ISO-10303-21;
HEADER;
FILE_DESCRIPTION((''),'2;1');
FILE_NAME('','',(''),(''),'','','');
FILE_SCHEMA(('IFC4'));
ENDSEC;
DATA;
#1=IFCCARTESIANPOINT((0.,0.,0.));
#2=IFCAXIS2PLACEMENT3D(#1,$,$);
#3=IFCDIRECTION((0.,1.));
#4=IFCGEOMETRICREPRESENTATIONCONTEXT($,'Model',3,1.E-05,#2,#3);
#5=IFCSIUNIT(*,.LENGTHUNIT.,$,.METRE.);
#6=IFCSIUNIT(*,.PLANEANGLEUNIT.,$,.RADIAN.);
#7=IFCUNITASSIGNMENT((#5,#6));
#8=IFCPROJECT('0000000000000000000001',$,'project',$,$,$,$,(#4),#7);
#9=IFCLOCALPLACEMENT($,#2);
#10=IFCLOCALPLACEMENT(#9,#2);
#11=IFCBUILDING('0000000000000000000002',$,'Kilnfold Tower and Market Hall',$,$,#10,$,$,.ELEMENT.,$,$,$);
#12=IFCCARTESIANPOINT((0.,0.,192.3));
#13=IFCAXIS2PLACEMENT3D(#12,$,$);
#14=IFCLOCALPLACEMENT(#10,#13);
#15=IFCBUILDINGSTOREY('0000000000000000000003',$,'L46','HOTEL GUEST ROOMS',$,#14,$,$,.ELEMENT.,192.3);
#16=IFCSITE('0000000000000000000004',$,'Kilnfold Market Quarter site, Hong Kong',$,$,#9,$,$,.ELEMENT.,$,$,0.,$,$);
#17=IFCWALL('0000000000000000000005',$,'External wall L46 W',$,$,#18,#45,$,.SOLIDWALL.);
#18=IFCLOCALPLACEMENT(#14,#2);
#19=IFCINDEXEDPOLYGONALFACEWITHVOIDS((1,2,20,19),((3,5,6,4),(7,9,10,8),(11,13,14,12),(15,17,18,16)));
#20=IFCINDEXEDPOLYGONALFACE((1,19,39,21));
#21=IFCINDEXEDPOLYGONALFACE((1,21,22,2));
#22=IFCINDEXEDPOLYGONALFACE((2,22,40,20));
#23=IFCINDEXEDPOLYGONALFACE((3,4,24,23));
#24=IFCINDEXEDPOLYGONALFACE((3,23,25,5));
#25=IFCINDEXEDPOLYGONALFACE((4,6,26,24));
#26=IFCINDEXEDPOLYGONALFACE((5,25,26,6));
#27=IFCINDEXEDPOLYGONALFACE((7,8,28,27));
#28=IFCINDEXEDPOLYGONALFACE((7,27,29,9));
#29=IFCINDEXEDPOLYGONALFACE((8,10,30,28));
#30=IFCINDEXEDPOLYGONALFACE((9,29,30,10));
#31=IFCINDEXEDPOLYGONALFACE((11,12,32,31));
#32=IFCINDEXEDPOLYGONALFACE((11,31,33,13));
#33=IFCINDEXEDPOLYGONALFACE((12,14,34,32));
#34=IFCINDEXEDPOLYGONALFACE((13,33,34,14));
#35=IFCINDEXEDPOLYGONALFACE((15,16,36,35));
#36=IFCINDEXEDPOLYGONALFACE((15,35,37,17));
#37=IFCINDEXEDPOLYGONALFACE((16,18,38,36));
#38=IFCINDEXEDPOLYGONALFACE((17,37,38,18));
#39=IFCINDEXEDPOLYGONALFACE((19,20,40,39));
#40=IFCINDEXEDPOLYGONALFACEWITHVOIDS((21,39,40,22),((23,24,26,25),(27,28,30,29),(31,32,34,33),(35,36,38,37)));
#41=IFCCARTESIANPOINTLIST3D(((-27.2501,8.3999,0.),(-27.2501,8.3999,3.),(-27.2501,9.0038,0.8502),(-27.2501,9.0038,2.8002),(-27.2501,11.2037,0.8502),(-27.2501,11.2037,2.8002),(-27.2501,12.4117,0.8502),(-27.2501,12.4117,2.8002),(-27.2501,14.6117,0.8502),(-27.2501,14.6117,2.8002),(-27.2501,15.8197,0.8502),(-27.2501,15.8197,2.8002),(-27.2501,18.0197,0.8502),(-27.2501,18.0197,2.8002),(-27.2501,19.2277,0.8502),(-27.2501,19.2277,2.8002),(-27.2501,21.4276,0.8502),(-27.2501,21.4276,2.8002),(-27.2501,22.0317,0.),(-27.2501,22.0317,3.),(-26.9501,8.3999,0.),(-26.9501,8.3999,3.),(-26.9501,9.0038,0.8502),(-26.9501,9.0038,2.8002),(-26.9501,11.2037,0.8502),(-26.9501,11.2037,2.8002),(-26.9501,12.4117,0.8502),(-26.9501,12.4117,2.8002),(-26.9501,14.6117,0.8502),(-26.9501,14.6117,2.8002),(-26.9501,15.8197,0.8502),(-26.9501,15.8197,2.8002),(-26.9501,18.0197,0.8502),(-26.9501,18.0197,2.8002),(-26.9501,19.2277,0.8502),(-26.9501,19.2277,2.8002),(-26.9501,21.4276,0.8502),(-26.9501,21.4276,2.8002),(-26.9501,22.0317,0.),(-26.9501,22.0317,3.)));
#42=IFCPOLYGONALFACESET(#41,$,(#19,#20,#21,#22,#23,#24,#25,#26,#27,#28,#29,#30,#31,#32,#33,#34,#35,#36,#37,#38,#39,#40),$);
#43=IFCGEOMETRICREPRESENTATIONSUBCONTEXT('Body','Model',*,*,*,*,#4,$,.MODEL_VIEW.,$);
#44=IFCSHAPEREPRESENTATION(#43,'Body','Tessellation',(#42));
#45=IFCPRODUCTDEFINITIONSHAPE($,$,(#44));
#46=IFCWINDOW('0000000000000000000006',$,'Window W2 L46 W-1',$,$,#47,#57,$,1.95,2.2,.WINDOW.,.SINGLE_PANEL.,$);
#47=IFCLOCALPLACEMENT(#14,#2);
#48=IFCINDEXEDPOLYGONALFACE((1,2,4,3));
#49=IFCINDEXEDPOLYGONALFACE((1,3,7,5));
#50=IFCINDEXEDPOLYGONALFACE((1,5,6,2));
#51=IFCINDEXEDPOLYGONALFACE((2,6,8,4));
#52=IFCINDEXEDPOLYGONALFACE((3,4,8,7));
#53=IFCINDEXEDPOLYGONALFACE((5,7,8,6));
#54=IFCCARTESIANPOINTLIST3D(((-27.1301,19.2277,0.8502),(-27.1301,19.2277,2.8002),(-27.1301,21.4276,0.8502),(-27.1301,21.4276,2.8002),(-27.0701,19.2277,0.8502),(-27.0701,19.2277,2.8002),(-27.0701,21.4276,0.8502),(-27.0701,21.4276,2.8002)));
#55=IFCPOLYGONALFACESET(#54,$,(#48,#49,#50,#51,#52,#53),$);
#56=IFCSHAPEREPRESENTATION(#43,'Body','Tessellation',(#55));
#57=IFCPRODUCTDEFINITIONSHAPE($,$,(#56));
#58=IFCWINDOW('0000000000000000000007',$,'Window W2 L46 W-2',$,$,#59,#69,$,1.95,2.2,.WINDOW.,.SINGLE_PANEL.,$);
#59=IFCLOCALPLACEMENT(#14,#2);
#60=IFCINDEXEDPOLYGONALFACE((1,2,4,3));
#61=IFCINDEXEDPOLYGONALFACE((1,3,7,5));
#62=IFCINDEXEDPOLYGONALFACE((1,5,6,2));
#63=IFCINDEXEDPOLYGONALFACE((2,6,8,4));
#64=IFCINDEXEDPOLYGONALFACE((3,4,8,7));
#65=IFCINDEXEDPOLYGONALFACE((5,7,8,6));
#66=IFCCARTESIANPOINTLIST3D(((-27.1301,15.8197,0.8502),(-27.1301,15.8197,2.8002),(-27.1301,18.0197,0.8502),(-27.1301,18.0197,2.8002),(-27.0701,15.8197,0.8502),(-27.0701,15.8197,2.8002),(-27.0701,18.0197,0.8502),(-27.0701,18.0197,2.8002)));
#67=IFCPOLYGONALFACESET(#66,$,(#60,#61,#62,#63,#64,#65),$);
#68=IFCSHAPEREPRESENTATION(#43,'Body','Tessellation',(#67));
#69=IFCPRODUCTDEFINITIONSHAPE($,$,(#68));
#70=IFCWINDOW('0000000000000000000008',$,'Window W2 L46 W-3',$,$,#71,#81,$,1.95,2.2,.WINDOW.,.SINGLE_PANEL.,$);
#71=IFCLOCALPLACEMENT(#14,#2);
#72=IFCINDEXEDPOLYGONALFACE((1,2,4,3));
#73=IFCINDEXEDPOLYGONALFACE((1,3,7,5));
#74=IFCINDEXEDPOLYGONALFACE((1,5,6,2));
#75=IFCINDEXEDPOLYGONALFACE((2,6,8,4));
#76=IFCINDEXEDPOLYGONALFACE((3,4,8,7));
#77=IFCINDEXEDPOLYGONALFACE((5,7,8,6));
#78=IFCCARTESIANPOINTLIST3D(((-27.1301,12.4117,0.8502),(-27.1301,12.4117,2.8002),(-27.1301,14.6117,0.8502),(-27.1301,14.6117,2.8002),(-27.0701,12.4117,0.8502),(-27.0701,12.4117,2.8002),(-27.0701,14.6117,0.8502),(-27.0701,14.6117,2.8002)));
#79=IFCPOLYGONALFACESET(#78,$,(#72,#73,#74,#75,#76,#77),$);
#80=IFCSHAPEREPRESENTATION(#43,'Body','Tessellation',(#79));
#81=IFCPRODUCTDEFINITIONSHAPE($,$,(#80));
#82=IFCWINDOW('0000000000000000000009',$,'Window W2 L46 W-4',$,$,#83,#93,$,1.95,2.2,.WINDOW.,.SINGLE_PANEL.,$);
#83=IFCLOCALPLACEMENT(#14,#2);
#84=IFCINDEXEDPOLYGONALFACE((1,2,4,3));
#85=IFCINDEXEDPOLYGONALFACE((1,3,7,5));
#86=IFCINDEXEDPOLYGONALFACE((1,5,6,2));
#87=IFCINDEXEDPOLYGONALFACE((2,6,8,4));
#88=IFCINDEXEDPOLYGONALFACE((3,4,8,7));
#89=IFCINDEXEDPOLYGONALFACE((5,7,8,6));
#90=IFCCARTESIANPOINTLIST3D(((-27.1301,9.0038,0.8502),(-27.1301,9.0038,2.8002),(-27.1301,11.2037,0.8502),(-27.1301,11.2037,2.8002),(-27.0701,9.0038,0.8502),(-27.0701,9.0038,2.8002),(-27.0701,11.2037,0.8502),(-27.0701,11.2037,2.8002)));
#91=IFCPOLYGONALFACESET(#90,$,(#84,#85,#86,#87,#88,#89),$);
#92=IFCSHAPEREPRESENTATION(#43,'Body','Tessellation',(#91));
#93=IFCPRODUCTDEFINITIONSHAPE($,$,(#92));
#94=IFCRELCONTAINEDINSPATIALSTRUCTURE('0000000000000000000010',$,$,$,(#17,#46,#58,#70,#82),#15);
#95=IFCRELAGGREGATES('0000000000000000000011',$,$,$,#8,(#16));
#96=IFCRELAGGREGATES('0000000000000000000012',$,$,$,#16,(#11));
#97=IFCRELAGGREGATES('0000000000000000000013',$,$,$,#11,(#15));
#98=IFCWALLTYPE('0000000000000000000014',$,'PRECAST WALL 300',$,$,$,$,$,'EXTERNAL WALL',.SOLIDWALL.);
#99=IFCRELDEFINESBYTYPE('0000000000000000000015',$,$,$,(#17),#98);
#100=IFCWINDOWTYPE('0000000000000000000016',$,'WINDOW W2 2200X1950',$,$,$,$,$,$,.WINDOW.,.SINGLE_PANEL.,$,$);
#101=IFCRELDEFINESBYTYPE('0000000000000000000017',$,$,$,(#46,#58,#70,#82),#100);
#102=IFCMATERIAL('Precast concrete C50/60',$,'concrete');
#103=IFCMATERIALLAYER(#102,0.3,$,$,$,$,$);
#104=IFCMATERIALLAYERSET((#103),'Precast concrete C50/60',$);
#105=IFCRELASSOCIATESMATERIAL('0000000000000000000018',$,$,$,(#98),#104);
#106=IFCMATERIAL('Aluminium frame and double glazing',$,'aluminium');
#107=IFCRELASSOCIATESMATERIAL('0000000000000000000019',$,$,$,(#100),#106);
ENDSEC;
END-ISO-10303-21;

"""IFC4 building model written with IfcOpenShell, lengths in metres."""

from ifc_helpers import new_model, si_unit, direction, frame, frame_2d, origin, place, context, subcontext, project, spatial, rectangle, extrude, source, transform, mapped, material, layer, layer_set, type_object, element, fill, save


model = new_model("IFC4")

# Units and contexts
model_context = context("Model", 3, precision=1e-05, world=origin(), true_north=direction((0.0, 1.0)))
body_context = subcontext(model_context, "Body", "Model", "MODEL_VIEW")
ifc_project = project(units=[si_unit("LENGTHUNIT", "METRE"), si_unit("PLANEANGLEUNIT", "RADIAN")], contexts=[model_context])

# Site, building, storey
site_placement = place(None, origin())
site = spatial("IfcSite", under=ifc_project, at=site_placement, Name="Kilnfold Market Quarter site, Hong Kong", CompositionType="ELEMENT", RefElevation=0.0)
building_placement = place(site_placement, origin())
building = spatial("IfcBuilding", under=site, at=building_placement, Name="Kilnfold Tower and Market Hall", CompositionType="ELEMENT")
storey_placement = place(building_placement, frame((0.0, 0.0, 192.3)))
storey = spatial("IfcBuildingStorey", under=building, at=storey_placement, Name="L46", Description="HOTEL GUEST ROOMS", CompositionType="ELEMENT", Elevation=192.3)

# Shared definitions
ifc_material_1 = material(Name="Precast concrete C50/60", Category="concrete")
ifc_layer_1 = layer(ifc_material_1, 0.3)
ifc_layer_set_1 = layer_set([ifc_layer_1], Name="Precast concrete C50/60")
wall_type_1 = type_object("IfcWallType", Name="PRECAST WALL 300", ElementType="EXTERNAL WALL", PredefinedType="SOLIDWALL", material=ifc_layer_set_1)
ifc_material_2 = material(Name="Aluminium frame and double glazing", Category="aluminium")
window_type = type_object("IfcWindowType", Name="WINDOW W2 2200X1950", PartitioningType="SINGLE_PANEL", PredefinedType="WINDOW", material=ifc_material_2)

# Wall, openings, windows
shared_shape_1 = source(origin(), body_context, "Body", "SweptSolid", [
    extrude(rectangle(XDim=13.6318, YDim=0.3, at=frame_2d((6.8159, 0.0))), origin(), (0.0, 0.0, 1.0), 3.0),
])
wall_1_placement = place(storey_placement, frame((-27.1001, 22.0317, 0.0), z_axis=(0.0, 0.0, 1.0), x_axis=(0.0, -1.0, 0.0)))
wall_1 = element("IfcWall", 1, at=wall_1_placement, inside=storey, type_object=wall_type_1, Name="External wall L46 W", PredefinedType="SOLIDWALL", context=body_context, shape_type="MappedRepresentation", body=[
    mapped(shared_shape_1, transform((0.0, 0.0, 0.0))),
])
opening_1_placement = place(wall_1_placement, frame((0.604, 0.0, 0.8501)))
opening_1 = element("IfcOpeningElement", 2, at=opening_1_placement, cuts=wall_1, PredefinedType="OPENING", context=body_context, shape_type="SweptSolid", body=[
    extrude(rectangle(XDim=2.2, YDim=1.95, at=frame_2d((1.1001, 0.9751))), frame((0.0, 0.1602, 0.0), z_axis=(0.0, -1.0, 0.0), x_axis=(1.0, 0.0, 0.0)), (0.0, 0.0, 1.0), 0.3201),
])
opening_2_placement = place(wall_1_placement, frame((4.012, 0.0, 0.8501)))
opening_2 = element("IfcOpeningElement", 3, at=opening_2_placement, cuts=wall_1, PredefinedType="OPENING", context=body_context, shape_type="SweptSolid", body=[
    extrude(rectangle(XDim=2.2, YDim=1.95, at=frame_2d((1.1001, 0.9751))), frame((0.0, 0.1602, 0.0), z_axis=(0.0, -1.0, 0.0), x_axis=(1.0, 0.0, 0.0)), (0.0, 0.0, 1.0), 0.3201),
])
opening_3_placement = place(wall_1_placement, frame((7.4199, 0.0, 0.8501)))
opening_3 = element("IfcOpeningElement", 4, at=opening_3_placement, cuts=wall_1, PredefinedType="OPENING", context=body_context, shape_type="SweptSolid", body=[
    extrude(rectangle(XDim=2.2, YDim=1.95, at=frame_2d((1.1001, 0.9751))), frame((0.0, 0.1602, 0.0), z_axis=(0.0, -1.0, 0.0), x_axis=(1.0, 0.0, 0.0)), (0.0, 0.0, 1.0), 0.3201),
])
opening_4_placement = place(wall_1_placement, frame((10.8279, 0.0, 0.8501)))
opening_4 = element("IfcOpeningElement", 5, at=opening_4_placement, cuts=wall_1, PredefinedType="OPENING", context=body_context, shape_type="SweptSolid", body=[
    extrude(rectangle(XDim=2.2, YDim=1.95, at=frame_2d((1.1001, 0.9751))), frame((0.0, 0.1602, 0.0), z_axis=(0.0, -1.0, 0.0), x_axis=(1.0, 0.0, 0.0)), (0.0, 0.0, 1.0), 0.3201),
])
window_1_placement = place(opening_1_placement, origin())
window_1 = element("IfcWindow", 6, at=window_1_placement, inside=storey, type_object=window_type, Name="Window W2 L46 W-1", OverallHeight=1.95, OverallWidth=2.2, PartitioningType="SINGLE_PANEL", PredefinedType="WINDOW", context=body_context, shape_type="SweptSolid", body=[
    extrude(rectangle(XDim=2.2, YDim=1.95, at=frame_2d((1.1001, 0.9751))), frame((0.0, 0.03, 0.0), z_axis=(0.0, -1.0, 0.0), x_axis=(1.0, 0.0, 0.0)), (0.0, 0.0, 1.0), 0.0601),
])
fill(opening_1, window_1)
window_2_placement = place(opening_2_placement, origin())
window_2 = element("IfcWindow", 7, at=window_2_placement, inside=storey, type_object=window_type, Name="Window W2 L46 W-2", OverallHeight=1.95, OverallWidth=2.2, PartitioningType="SINGLE_PANEL", PredefinedType="WINDOW", context=body_context, shape_type="SweptSolid", body=[
    extrude(rectangle(XDim=2.2, YDim=1.95, at=frame_2d((1.1001, 0.9751))), frame((0.0, 0.03, 0.0), z_axis=(0.0, -1.0, 0.0), x_axis=(1.0, 0.0, 0.0)), (0.0, 0.0, 1.0), 0.0601),
])
fill(opening_2, window_2)
window_3_placement = place(opening_3_placement, origin())
window_3 = element("IfcWindow", 8, at=window_3_placement, inside=storey, type_object=window_type, Name="Window W2 L46 W-3", OverallHeight=1.95, OverallWidth=2.2, PartitioningType="SINGLE_PANEL", PredefinedType="WINDOW", context=body_context, shape_type="SweptSolid", body=[
    extrude(rectangle(XDim=2.2, YDim=1.95, at=frame_2d((1.1001, 0.9751))), frame((0.0, 0.03, 0.0), z_axis=(0.0, -1.0, 0.0), x_axis=(1.0, 0.0, 0.0)), (0.0, 0.0, 1.0), 0.0601),
])
fill(opening_3, window_3)
window_4_placement = place(opening_4_placement, origin())
window_4 = element("IfcWindow", 9, at=window_4_placement, inside=storey, type_object=window_type, Name="Window W2 L46 W-4", OverallHeight=1.95, OverallWidth=2.2, PartitioningType="SINGLE_PANEL", PredefinedType="WINDOW", context=body_context, shape_type="SweptSolid", body=[
    extrude(rectangle(XDim=2.2, YDim=1.95, at=frame_2d((1.1001, 0.9751))), frame((0.0, 0.03, 0.0), z_axis=(0.0, -1.0, 0.0), x_axis=(1.0, 0.0, 0.0)), (0.0, 0.0, 1.0), 0.0601),
])
fill(opening_4, window_4)

save(model, "model.ifc")
